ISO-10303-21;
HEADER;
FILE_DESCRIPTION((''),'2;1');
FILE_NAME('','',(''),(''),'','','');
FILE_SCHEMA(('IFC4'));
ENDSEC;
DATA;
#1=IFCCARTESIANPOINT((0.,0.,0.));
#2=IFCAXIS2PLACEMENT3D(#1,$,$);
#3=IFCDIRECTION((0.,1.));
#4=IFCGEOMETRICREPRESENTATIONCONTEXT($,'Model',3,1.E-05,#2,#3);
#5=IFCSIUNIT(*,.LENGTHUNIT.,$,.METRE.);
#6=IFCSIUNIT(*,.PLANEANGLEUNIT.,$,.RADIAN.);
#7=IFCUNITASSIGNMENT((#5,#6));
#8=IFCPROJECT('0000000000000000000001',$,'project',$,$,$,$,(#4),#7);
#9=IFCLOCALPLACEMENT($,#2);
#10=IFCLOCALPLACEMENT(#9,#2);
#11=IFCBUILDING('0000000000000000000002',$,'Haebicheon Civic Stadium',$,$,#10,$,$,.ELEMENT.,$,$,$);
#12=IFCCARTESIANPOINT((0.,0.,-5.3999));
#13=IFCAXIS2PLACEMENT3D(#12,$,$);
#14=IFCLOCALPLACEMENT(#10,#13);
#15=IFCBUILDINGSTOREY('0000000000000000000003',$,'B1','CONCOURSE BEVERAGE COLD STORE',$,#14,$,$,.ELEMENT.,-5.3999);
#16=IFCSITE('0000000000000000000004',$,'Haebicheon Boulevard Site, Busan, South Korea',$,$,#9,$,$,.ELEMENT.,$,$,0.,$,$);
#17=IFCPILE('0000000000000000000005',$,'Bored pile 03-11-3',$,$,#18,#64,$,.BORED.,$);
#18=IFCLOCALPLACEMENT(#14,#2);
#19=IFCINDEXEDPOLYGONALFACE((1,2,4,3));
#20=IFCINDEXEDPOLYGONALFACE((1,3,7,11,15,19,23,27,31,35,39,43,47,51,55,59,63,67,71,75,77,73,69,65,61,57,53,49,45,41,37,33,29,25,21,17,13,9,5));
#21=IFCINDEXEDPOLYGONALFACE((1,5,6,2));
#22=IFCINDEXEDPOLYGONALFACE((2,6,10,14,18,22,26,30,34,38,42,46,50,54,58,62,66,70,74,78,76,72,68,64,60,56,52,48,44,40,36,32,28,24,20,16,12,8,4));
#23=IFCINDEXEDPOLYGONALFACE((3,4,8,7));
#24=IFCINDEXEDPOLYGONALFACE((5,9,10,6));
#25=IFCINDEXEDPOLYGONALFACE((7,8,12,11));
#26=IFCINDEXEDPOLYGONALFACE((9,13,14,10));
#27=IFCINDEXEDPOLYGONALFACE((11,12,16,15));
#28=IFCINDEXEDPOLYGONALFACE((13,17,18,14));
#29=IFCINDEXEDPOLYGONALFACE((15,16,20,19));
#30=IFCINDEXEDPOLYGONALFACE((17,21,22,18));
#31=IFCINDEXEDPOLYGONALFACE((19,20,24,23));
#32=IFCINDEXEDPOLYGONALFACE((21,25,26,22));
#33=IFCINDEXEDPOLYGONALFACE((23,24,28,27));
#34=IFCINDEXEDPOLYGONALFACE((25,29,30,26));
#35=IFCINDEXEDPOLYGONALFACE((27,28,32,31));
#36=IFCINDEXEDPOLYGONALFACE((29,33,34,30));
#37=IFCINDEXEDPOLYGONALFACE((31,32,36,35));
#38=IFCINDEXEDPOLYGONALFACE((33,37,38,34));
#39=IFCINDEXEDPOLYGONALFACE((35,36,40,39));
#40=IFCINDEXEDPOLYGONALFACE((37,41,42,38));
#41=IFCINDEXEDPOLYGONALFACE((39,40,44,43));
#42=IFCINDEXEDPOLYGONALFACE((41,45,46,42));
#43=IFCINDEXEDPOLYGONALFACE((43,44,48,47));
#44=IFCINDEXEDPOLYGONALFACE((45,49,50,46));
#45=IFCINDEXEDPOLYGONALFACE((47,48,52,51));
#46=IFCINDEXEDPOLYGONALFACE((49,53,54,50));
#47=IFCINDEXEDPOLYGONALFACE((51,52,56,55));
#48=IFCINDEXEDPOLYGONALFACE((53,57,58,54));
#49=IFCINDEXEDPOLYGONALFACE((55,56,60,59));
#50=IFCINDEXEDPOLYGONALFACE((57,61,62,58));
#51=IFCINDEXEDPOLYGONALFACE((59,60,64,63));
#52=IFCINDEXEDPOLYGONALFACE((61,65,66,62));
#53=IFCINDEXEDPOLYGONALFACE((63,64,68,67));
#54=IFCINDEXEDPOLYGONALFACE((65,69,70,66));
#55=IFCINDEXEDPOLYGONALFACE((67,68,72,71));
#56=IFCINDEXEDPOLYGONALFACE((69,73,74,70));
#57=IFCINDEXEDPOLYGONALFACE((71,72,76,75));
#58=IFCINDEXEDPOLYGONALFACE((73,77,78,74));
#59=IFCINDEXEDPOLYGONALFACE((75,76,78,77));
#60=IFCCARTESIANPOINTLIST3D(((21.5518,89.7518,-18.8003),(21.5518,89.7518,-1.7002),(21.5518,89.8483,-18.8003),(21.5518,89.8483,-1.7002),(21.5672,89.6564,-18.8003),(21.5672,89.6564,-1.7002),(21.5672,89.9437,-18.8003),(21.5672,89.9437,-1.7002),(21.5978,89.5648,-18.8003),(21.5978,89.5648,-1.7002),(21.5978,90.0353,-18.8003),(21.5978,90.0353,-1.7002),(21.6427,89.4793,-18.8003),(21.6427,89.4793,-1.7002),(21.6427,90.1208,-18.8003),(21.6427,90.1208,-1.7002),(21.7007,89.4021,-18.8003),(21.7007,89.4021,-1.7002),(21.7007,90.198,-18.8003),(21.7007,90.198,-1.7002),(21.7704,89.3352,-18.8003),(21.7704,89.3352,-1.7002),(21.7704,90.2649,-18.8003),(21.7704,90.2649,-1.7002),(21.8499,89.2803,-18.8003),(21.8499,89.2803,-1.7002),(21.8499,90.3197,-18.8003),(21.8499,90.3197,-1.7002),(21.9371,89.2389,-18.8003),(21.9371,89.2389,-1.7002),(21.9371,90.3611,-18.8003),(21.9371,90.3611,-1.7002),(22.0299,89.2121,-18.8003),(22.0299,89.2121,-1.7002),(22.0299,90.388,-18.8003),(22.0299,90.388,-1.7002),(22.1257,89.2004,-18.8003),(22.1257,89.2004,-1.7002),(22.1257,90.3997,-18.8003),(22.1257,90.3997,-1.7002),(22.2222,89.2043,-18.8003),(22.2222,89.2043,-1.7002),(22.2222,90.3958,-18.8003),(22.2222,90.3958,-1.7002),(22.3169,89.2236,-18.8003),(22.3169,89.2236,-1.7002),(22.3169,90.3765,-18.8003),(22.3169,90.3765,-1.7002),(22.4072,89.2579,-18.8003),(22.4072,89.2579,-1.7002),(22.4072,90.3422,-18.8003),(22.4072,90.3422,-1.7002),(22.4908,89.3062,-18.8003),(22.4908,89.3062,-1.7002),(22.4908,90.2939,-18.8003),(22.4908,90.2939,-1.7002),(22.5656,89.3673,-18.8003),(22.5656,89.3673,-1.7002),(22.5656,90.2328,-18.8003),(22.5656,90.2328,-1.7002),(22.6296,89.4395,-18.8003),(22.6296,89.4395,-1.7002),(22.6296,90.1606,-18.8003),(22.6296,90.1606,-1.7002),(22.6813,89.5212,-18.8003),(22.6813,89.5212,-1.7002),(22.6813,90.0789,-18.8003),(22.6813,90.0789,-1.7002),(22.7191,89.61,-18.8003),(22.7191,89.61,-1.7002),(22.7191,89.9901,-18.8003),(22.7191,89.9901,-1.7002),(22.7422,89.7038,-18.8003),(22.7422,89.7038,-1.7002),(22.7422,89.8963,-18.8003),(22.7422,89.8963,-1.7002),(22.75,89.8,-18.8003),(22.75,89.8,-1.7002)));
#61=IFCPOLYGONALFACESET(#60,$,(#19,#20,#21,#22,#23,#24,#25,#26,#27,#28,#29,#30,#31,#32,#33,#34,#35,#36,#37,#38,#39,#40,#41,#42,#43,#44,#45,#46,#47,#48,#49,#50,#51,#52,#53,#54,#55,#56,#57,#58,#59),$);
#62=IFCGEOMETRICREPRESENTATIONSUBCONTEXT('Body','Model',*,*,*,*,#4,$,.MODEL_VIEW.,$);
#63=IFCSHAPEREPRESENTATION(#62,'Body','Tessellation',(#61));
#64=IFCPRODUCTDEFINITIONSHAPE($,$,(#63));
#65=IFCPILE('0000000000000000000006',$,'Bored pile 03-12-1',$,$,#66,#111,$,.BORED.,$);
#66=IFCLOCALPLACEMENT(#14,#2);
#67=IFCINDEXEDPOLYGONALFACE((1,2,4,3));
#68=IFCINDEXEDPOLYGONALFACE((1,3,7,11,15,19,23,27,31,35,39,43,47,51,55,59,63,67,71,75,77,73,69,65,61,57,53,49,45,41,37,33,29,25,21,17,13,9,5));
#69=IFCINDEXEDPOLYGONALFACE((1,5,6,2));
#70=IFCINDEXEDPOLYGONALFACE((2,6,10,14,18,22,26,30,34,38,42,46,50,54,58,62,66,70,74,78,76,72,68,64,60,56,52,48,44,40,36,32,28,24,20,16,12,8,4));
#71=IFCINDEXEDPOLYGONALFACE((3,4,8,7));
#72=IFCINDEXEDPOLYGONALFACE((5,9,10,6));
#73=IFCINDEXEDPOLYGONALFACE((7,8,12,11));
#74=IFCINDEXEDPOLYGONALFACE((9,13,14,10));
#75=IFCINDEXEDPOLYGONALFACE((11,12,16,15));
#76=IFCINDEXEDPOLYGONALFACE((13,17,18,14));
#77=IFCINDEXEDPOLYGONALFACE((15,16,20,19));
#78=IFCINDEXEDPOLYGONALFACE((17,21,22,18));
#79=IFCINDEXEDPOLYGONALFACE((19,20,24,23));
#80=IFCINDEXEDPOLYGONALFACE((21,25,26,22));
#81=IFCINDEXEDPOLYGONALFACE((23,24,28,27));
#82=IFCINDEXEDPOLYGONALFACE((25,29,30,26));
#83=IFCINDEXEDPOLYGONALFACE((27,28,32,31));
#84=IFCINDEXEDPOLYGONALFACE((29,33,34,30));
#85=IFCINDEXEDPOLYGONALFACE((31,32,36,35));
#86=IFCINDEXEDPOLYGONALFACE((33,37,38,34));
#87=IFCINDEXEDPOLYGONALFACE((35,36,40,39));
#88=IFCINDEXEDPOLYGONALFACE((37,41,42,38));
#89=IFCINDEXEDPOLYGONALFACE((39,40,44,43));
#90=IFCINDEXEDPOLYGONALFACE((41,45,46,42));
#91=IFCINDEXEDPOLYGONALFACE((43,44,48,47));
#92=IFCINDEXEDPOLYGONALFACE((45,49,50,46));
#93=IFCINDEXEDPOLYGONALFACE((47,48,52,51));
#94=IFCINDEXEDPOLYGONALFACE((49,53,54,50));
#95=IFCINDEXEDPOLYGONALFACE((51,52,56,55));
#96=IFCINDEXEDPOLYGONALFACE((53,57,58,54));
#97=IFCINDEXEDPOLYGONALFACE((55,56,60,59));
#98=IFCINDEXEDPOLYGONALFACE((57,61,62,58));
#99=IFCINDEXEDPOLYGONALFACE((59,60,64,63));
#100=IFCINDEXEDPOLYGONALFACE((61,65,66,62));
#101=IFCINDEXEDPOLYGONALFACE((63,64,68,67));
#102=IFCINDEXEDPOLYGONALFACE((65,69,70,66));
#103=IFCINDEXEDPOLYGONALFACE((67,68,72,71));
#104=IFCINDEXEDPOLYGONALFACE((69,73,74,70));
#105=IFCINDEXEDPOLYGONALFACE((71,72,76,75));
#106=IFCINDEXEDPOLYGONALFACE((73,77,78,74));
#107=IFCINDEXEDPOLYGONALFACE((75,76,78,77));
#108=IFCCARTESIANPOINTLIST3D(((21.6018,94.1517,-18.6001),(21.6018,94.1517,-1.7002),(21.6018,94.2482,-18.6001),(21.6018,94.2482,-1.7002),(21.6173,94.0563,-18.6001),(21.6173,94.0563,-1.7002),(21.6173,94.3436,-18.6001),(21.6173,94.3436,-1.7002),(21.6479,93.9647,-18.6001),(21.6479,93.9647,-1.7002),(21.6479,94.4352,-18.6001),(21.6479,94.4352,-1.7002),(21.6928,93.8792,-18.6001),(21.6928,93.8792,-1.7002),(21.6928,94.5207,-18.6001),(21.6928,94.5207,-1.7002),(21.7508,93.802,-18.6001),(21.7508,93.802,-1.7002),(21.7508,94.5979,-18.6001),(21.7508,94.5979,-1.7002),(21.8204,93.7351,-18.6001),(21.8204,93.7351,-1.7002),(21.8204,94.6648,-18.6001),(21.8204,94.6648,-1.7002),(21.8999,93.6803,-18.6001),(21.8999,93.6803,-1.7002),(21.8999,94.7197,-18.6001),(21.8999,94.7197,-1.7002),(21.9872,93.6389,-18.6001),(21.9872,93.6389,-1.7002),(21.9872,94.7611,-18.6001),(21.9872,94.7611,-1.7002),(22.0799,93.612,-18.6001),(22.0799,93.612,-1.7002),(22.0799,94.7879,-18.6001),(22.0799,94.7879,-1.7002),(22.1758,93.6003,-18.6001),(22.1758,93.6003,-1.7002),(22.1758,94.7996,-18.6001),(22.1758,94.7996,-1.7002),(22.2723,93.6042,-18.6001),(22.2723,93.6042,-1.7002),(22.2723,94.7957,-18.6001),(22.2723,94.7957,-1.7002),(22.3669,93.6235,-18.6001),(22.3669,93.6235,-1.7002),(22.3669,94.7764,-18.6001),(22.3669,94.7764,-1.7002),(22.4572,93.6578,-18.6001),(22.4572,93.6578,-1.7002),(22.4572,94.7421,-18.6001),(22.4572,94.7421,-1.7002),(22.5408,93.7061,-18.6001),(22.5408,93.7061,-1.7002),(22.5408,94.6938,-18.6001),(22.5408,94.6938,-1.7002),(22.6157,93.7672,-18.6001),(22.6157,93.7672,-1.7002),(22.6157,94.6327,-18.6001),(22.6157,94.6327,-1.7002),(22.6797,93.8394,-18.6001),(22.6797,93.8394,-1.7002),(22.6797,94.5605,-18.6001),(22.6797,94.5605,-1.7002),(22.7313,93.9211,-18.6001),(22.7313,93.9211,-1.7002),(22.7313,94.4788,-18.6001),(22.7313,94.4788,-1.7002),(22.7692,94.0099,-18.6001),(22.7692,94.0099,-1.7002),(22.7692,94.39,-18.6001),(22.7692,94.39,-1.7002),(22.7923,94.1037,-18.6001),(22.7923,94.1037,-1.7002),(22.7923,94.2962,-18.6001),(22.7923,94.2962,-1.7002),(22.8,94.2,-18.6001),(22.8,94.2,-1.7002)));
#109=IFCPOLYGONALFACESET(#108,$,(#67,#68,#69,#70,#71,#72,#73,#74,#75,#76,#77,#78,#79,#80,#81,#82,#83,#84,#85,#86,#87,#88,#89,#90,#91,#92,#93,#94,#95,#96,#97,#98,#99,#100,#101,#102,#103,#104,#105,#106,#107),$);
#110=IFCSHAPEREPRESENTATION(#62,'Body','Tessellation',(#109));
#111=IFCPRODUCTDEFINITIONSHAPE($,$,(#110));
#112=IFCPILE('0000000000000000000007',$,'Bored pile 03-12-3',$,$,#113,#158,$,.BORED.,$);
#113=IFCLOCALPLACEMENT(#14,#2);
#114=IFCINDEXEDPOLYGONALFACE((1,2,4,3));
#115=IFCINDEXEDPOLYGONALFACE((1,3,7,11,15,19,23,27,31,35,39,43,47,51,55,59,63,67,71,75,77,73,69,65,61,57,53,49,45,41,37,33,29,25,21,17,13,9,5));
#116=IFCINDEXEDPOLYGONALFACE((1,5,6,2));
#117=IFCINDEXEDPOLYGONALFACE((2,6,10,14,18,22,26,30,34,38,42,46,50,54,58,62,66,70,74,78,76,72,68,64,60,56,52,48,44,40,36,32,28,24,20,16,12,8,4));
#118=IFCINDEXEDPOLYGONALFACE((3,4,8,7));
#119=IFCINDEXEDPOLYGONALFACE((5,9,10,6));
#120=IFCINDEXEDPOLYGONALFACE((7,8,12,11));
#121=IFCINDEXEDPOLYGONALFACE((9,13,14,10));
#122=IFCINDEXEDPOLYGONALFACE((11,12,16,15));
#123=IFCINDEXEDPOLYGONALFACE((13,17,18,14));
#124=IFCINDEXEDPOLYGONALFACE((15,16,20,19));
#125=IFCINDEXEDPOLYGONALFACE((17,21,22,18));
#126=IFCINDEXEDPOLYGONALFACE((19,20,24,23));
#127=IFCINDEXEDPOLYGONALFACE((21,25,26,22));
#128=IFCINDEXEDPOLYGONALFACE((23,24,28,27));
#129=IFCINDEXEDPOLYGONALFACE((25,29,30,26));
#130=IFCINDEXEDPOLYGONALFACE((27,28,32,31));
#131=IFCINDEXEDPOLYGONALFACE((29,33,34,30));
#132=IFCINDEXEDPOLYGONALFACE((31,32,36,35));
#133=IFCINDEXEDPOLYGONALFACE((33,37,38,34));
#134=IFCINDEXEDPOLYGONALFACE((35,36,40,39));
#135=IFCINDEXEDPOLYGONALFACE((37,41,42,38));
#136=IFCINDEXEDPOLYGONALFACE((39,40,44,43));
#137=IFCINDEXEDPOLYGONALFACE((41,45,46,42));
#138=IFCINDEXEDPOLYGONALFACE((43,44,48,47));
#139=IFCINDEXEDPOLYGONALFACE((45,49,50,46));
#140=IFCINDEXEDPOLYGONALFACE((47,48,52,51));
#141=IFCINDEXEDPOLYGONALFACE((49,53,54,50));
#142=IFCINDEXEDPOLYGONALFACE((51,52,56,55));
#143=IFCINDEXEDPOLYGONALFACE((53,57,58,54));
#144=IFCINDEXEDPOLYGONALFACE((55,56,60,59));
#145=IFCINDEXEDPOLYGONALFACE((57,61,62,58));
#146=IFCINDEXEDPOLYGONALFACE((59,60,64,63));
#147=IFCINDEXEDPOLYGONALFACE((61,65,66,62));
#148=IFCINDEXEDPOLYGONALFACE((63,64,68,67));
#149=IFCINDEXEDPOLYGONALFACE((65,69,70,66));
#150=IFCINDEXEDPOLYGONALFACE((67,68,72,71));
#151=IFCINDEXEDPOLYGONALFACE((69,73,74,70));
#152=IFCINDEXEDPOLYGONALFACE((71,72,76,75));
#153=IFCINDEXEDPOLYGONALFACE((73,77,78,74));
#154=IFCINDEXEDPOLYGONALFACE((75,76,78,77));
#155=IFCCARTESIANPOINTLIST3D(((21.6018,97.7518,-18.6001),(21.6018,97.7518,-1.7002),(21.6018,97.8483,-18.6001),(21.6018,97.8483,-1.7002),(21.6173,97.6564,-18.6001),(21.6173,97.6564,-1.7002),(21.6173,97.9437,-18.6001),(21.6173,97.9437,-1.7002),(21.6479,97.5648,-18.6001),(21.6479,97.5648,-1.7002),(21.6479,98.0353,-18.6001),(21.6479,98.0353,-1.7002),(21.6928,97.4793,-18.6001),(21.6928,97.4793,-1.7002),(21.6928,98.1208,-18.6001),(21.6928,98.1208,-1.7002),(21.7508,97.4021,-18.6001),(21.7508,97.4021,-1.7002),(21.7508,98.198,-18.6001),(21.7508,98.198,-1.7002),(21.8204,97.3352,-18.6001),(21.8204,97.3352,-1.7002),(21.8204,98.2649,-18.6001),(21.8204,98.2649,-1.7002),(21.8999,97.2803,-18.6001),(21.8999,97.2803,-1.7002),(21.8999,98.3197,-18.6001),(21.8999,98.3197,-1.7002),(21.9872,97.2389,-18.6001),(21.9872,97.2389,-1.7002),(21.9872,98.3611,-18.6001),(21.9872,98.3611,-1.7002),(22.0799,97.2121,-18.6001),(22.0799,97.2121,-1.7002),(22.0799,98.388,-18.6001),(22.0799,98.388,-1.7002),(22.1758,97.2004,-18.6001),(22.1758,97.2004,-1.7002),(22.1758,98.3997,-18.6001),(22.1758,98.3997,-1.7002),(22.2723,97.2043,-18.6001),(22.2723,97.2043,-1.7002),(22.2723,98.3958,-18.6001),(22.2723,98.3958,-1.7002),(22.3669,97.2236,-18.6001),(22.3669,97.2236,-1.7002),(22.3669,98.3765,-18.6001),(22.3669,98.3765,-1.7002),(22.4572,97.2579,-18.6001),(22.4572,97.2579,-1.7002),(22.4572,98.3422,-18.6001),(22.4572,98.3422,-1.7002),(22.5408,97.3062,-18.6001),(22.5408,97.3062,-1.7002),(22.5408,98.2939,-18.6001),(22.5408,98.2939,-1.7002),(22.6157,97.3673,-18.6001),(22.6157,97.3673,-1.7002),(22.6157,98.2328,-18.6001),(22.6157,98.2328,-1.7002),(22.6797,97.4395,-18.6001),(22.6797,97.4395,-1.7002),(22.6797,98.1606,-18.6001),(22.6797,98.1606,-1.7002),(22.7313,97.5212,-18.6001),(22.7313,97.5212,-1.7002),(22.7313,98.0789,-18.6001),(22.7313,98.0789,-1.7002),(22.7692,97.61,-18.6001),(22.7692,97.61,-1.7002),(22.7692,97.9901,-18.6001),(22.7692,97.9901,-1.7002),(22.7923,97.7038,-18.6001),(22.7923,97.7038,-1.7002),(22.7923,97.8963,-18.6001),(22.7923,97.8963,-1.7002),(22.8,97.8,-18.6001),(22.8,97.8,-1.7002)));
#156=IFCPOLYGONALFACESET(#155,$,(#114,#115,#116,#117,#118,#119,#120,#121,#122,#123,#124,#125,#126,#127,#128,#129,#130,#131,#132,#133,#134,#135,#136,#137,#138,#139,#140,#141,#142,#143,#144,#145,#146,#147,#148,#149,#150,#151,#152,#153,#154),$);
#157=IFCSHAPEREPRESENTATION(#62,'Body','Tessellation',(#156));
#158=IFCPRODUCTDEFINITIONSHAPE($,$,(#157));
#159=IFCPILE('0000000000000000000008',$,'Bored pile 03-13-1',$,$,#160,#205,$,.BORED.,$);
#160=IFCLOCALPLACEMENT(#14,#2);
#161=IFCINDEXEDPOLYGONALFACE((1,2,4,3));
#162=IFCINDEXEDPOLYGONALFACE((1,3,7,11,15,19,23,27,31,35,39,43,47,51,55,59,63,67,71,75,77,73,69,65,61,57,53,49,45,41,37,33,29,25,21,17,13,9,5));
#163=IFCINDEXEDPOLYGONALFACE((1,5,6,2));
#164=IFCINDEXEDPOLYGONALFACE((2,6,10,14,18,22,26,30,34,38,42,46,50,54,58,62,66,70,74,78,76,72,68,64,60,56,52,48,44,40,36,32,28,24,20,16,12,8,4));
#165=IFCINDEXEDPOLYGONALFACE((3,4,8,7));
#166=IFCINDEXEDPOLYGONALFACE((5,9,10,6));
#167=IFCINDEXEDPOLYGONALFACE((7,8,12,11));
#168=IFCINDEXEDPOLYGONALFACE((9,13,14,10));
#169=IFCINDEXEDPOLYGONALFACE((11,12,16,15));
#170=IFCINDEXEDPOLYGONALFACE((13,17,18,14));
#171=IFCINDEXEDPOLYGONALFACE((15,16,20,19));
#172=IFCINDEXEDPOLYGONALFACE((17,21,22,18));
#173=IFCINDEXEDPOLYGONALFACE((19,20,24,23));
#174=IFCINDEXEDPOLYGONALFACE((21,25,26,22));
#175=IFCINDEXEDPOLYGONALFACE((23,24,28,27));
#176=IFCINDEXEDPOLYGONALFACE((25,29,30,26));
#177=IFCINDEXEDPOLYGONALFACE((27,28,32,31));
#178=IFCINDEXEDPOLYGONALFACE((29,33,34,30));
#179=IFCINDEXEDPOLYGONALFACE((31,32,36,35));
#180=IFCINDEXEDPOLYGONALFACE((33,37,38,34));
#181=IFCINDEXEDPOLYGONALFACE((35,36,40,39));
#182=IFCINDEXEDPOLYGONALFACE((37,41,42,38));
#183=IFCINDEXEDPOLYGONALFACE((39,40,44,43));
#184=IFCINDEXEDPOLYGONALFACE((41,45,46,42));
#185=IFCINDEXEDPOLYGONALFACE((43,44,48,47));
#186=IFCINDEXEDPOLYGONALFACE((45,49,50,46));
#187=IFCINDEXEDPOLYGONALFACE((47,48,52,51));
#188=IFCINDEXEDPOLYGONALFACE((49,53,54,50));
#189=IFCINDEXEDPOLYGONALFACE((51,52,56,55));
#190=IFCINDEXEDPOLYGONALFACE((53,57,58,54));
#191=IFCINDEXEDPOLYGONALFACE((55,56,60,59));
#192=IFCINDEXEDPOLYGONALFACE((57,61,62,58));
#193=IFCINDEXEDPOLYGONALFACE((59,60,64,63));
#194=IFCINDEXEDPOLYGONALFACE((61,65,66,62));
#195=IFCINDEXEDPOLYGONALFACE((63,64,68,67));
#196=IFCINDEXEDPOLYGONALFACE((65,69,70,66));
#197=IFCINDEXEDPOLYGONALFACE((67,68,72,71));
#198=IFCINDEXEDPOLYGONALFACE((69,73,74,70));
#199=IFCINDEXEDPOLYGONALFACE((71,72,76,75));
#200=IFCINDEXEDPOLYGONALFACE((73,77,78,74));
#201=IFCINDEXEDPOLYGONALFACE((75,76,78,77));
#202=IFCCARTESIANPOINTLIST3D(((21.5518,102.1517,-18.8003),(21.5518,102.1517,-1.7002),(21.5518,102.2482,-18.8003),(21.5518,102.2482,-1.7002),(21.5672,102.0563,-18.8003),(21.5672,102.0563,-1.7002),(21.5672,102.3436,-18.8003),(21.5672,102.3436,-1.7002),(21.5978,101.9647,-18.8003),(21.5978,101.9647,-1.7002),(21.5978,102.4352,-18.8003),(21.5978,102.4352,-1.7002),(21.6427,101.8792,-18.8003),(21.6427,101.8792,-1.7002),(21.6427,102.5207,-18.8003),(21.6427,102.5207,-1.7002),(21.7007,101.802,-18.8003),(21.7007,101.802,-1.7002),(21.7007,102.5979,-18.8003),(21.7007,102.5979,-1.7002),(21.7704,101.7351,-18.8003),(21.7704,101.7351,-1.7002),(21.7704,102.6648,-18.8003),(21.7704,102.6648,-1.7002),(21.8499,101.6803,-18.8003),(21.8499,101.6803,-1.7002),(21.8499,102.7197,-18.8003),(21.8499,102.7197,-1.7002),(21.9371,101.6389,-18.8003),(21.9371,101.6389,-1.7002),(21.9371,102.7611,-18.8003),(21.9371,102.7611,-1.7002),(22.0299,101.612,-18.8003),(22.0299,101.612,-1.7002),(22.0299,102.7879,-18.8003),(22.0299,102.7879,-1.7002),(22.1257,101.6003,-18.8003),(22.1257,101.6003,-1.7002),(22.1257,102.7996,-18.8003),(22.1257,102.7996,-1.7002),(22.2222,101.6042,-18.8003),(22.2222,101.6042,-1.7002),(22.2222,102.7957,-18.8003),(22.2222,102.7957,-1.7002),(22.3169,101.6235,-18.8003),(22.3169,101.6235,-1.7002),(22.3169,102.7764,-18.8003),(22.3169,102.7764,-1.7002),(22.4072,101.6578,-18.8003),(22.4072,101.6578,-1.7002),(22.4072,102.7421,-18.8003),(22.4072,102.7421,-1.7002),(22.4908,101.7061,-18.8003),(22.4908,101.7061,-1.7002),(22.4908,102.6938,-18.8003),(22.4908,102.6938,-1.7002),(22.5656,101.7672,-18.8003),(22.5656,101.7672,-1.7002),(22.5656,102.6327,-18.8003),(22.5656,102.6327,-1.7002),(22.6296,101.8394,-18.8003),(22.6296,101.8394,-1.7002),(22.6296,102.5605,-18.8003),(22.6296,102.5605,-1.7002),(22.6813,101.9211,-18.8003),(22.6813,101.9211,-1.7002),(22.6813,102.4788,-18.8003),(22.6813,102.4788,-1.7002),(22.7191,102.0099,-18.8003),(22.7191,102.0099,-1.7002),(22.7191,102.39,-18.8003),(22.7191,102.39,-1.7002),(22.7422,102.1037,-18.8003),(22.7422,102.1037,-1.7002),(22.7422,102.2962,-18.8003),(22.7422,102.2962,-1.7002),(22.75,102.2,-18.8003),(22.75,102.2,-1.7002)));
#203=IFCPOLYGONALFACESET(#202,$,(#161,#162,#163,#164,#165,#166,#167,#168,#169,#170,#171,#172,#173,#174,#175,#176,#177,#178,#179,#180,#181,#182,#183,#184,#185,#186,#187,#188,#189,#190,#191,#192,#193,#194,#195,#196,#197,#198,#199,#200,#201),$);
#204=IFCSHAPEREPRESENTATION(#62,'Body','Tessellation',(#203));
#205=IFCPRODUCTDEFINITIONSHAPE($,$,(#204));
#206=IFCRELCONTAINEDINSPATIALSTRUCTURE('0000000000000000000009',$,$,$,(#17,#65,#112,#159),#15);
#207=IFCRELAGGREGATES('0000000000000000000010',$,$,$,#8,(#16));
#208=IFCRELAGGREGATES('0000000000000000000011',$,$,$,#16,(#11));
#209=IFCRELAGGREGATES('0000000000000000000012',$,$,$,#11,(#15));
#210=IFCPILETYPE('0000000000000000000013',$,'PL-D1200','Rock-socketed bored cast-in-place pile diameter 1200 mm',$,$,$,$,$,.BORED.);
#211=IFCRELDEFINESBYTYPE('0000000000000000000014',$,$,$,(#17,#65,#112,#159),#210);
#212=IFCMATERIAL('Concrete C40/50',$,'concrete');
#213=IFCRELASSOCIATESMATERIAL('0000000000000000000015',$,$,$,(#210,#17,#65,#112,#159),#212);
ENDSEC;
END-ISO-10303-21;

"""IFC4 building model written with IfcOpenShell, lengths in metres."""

from ifc_helpers import new_model, si_unit, direction, frame, origin, origin_2d, place, context, subcontext, project, spatial, circle, extrude, material, material_profile, profile_set, type_object, element, save


model = new_model("IFC4")

# Units and contexts
model_context = context("Model", 3, precision=1e-05, world=origin(), true_north=direction((0.0, 1.0)))
body_context = subcontext(model_context, "Body", "Model", "MODEL_VIEW")
ifc_project = project(units=[si_unit("LENGTHUNIT", "METRE"), si_unit("PLANEANGLEUNIT", "RADIAN")], contexts=[model_context])

# Site, building, storey
site_placement = place(None, origin())
site = spatial("IfcSite", under=ifc_project, at=site_placement, Name="Haebicheon Boulevard Site, Busan, South Korea", CompositionType="ELEMENT", RefElevation=0.0)
building_placement = place(site_placement, origin())
building = spatial("IfcBuilding", under=site, at=building_placement, Name="Haebicheon Civic Stadium", CompositionType="ELEMENT")
storey_placement = place(building_placement, frame((0.0, 0.0, -5.3999)))
storey = spatial("IfcBuildingStorey", under=building, at=storey_placement, Name="B1", Description="CONCOURSE BEVERAGE COLD STORE", CompositionType="ELEMENT", Elevation=-5.3999)

# Piles
ifc_material_1 = material(Name="Concrete C40/50", Category="concrete")
ifc_material_profile_1 = material_profile(ifc_material_1, circle(Radius=0.6001, at=origin_2d()), Name="PILE-D1200")
ifc_profile_set_1 = profile_set([ifc_material_profile_1], Name="Concrete C40/50")
pile_type_1 = type_object("IfcPileType", Name="PL-D1200", Description="Rock-socketed bored cast-in-place pile diameter 1200 mm", PredefinedType="BORED", material=ifc_profile_set_1)
pile_1_placement = place(storey_placement, frame((22.1499, 89.8, -1.7002), z_axis=(0.0, 0.0, -1.0), x_axis=(1.0, 0.0, 0.0)))
element("IfcPile", 1, at=pile_1_placement, inside=storey, type_object=pile_type_1, material=ifc_profile_set_1, Name="Bored pile 03-11-3", PredefinedType="BORED", context=body_context, shape_type="SweptSolid", body=[
    extrude(circle(Radius=0.6001, at=origin_2d()), origin(), (0.0, 0.0, 1.0), 17.1001),
])
for number, where, z_axis, x_axis, name in (
    (2, (22.2, 94.2, -1.7002), (0.0, 0.0, -1.0), (1.0, 0.0, 0.0), "Bored pile 03-12-1"),
    (3, (22.2, 97.8, -1.7002), (0.0, 0.0, -1.0), (1.0, 0.0, 0.0), "Bored pile 03-12-3"),
):
    element("IfcPile", number, at=place(storey_placement, frame(where, z_axis=z_axis, x_axis=x_axis)), inside=storey, type_object=pile_type_1, material=ifc_profile_set_1, Name=name, PredefinedType="BORED", context=body_context, shape_type="SweptSolid", body=[
        extrude(circle(Radius=0.6001, at=origin_2d()), origin(), (0.0, 0.0, 1.0), 16.8999),
    ])
pile_2_placement = place(storey_placement, frame((22.1499, 102.2, -1.7002), z_axis=(0.0, 0.0, -1.0), x_axis=(1.0, 0.0, 0.0)))
element("IfcPile", 4, at=pile_2_placement, inside=storey, type_object=pile_type_1, material=ifc_profile_set_1, Name="Bored pile 03-13-1", PredefinedType="BORED", context=body_context, shape_type="SweptSolid", body=[
    extrude(circle(Radius=0.6001, at=origin_2d()), origin(), (0.0, 0.0, 1.0), 17.1001),
])

save(model, "model.ifc")
